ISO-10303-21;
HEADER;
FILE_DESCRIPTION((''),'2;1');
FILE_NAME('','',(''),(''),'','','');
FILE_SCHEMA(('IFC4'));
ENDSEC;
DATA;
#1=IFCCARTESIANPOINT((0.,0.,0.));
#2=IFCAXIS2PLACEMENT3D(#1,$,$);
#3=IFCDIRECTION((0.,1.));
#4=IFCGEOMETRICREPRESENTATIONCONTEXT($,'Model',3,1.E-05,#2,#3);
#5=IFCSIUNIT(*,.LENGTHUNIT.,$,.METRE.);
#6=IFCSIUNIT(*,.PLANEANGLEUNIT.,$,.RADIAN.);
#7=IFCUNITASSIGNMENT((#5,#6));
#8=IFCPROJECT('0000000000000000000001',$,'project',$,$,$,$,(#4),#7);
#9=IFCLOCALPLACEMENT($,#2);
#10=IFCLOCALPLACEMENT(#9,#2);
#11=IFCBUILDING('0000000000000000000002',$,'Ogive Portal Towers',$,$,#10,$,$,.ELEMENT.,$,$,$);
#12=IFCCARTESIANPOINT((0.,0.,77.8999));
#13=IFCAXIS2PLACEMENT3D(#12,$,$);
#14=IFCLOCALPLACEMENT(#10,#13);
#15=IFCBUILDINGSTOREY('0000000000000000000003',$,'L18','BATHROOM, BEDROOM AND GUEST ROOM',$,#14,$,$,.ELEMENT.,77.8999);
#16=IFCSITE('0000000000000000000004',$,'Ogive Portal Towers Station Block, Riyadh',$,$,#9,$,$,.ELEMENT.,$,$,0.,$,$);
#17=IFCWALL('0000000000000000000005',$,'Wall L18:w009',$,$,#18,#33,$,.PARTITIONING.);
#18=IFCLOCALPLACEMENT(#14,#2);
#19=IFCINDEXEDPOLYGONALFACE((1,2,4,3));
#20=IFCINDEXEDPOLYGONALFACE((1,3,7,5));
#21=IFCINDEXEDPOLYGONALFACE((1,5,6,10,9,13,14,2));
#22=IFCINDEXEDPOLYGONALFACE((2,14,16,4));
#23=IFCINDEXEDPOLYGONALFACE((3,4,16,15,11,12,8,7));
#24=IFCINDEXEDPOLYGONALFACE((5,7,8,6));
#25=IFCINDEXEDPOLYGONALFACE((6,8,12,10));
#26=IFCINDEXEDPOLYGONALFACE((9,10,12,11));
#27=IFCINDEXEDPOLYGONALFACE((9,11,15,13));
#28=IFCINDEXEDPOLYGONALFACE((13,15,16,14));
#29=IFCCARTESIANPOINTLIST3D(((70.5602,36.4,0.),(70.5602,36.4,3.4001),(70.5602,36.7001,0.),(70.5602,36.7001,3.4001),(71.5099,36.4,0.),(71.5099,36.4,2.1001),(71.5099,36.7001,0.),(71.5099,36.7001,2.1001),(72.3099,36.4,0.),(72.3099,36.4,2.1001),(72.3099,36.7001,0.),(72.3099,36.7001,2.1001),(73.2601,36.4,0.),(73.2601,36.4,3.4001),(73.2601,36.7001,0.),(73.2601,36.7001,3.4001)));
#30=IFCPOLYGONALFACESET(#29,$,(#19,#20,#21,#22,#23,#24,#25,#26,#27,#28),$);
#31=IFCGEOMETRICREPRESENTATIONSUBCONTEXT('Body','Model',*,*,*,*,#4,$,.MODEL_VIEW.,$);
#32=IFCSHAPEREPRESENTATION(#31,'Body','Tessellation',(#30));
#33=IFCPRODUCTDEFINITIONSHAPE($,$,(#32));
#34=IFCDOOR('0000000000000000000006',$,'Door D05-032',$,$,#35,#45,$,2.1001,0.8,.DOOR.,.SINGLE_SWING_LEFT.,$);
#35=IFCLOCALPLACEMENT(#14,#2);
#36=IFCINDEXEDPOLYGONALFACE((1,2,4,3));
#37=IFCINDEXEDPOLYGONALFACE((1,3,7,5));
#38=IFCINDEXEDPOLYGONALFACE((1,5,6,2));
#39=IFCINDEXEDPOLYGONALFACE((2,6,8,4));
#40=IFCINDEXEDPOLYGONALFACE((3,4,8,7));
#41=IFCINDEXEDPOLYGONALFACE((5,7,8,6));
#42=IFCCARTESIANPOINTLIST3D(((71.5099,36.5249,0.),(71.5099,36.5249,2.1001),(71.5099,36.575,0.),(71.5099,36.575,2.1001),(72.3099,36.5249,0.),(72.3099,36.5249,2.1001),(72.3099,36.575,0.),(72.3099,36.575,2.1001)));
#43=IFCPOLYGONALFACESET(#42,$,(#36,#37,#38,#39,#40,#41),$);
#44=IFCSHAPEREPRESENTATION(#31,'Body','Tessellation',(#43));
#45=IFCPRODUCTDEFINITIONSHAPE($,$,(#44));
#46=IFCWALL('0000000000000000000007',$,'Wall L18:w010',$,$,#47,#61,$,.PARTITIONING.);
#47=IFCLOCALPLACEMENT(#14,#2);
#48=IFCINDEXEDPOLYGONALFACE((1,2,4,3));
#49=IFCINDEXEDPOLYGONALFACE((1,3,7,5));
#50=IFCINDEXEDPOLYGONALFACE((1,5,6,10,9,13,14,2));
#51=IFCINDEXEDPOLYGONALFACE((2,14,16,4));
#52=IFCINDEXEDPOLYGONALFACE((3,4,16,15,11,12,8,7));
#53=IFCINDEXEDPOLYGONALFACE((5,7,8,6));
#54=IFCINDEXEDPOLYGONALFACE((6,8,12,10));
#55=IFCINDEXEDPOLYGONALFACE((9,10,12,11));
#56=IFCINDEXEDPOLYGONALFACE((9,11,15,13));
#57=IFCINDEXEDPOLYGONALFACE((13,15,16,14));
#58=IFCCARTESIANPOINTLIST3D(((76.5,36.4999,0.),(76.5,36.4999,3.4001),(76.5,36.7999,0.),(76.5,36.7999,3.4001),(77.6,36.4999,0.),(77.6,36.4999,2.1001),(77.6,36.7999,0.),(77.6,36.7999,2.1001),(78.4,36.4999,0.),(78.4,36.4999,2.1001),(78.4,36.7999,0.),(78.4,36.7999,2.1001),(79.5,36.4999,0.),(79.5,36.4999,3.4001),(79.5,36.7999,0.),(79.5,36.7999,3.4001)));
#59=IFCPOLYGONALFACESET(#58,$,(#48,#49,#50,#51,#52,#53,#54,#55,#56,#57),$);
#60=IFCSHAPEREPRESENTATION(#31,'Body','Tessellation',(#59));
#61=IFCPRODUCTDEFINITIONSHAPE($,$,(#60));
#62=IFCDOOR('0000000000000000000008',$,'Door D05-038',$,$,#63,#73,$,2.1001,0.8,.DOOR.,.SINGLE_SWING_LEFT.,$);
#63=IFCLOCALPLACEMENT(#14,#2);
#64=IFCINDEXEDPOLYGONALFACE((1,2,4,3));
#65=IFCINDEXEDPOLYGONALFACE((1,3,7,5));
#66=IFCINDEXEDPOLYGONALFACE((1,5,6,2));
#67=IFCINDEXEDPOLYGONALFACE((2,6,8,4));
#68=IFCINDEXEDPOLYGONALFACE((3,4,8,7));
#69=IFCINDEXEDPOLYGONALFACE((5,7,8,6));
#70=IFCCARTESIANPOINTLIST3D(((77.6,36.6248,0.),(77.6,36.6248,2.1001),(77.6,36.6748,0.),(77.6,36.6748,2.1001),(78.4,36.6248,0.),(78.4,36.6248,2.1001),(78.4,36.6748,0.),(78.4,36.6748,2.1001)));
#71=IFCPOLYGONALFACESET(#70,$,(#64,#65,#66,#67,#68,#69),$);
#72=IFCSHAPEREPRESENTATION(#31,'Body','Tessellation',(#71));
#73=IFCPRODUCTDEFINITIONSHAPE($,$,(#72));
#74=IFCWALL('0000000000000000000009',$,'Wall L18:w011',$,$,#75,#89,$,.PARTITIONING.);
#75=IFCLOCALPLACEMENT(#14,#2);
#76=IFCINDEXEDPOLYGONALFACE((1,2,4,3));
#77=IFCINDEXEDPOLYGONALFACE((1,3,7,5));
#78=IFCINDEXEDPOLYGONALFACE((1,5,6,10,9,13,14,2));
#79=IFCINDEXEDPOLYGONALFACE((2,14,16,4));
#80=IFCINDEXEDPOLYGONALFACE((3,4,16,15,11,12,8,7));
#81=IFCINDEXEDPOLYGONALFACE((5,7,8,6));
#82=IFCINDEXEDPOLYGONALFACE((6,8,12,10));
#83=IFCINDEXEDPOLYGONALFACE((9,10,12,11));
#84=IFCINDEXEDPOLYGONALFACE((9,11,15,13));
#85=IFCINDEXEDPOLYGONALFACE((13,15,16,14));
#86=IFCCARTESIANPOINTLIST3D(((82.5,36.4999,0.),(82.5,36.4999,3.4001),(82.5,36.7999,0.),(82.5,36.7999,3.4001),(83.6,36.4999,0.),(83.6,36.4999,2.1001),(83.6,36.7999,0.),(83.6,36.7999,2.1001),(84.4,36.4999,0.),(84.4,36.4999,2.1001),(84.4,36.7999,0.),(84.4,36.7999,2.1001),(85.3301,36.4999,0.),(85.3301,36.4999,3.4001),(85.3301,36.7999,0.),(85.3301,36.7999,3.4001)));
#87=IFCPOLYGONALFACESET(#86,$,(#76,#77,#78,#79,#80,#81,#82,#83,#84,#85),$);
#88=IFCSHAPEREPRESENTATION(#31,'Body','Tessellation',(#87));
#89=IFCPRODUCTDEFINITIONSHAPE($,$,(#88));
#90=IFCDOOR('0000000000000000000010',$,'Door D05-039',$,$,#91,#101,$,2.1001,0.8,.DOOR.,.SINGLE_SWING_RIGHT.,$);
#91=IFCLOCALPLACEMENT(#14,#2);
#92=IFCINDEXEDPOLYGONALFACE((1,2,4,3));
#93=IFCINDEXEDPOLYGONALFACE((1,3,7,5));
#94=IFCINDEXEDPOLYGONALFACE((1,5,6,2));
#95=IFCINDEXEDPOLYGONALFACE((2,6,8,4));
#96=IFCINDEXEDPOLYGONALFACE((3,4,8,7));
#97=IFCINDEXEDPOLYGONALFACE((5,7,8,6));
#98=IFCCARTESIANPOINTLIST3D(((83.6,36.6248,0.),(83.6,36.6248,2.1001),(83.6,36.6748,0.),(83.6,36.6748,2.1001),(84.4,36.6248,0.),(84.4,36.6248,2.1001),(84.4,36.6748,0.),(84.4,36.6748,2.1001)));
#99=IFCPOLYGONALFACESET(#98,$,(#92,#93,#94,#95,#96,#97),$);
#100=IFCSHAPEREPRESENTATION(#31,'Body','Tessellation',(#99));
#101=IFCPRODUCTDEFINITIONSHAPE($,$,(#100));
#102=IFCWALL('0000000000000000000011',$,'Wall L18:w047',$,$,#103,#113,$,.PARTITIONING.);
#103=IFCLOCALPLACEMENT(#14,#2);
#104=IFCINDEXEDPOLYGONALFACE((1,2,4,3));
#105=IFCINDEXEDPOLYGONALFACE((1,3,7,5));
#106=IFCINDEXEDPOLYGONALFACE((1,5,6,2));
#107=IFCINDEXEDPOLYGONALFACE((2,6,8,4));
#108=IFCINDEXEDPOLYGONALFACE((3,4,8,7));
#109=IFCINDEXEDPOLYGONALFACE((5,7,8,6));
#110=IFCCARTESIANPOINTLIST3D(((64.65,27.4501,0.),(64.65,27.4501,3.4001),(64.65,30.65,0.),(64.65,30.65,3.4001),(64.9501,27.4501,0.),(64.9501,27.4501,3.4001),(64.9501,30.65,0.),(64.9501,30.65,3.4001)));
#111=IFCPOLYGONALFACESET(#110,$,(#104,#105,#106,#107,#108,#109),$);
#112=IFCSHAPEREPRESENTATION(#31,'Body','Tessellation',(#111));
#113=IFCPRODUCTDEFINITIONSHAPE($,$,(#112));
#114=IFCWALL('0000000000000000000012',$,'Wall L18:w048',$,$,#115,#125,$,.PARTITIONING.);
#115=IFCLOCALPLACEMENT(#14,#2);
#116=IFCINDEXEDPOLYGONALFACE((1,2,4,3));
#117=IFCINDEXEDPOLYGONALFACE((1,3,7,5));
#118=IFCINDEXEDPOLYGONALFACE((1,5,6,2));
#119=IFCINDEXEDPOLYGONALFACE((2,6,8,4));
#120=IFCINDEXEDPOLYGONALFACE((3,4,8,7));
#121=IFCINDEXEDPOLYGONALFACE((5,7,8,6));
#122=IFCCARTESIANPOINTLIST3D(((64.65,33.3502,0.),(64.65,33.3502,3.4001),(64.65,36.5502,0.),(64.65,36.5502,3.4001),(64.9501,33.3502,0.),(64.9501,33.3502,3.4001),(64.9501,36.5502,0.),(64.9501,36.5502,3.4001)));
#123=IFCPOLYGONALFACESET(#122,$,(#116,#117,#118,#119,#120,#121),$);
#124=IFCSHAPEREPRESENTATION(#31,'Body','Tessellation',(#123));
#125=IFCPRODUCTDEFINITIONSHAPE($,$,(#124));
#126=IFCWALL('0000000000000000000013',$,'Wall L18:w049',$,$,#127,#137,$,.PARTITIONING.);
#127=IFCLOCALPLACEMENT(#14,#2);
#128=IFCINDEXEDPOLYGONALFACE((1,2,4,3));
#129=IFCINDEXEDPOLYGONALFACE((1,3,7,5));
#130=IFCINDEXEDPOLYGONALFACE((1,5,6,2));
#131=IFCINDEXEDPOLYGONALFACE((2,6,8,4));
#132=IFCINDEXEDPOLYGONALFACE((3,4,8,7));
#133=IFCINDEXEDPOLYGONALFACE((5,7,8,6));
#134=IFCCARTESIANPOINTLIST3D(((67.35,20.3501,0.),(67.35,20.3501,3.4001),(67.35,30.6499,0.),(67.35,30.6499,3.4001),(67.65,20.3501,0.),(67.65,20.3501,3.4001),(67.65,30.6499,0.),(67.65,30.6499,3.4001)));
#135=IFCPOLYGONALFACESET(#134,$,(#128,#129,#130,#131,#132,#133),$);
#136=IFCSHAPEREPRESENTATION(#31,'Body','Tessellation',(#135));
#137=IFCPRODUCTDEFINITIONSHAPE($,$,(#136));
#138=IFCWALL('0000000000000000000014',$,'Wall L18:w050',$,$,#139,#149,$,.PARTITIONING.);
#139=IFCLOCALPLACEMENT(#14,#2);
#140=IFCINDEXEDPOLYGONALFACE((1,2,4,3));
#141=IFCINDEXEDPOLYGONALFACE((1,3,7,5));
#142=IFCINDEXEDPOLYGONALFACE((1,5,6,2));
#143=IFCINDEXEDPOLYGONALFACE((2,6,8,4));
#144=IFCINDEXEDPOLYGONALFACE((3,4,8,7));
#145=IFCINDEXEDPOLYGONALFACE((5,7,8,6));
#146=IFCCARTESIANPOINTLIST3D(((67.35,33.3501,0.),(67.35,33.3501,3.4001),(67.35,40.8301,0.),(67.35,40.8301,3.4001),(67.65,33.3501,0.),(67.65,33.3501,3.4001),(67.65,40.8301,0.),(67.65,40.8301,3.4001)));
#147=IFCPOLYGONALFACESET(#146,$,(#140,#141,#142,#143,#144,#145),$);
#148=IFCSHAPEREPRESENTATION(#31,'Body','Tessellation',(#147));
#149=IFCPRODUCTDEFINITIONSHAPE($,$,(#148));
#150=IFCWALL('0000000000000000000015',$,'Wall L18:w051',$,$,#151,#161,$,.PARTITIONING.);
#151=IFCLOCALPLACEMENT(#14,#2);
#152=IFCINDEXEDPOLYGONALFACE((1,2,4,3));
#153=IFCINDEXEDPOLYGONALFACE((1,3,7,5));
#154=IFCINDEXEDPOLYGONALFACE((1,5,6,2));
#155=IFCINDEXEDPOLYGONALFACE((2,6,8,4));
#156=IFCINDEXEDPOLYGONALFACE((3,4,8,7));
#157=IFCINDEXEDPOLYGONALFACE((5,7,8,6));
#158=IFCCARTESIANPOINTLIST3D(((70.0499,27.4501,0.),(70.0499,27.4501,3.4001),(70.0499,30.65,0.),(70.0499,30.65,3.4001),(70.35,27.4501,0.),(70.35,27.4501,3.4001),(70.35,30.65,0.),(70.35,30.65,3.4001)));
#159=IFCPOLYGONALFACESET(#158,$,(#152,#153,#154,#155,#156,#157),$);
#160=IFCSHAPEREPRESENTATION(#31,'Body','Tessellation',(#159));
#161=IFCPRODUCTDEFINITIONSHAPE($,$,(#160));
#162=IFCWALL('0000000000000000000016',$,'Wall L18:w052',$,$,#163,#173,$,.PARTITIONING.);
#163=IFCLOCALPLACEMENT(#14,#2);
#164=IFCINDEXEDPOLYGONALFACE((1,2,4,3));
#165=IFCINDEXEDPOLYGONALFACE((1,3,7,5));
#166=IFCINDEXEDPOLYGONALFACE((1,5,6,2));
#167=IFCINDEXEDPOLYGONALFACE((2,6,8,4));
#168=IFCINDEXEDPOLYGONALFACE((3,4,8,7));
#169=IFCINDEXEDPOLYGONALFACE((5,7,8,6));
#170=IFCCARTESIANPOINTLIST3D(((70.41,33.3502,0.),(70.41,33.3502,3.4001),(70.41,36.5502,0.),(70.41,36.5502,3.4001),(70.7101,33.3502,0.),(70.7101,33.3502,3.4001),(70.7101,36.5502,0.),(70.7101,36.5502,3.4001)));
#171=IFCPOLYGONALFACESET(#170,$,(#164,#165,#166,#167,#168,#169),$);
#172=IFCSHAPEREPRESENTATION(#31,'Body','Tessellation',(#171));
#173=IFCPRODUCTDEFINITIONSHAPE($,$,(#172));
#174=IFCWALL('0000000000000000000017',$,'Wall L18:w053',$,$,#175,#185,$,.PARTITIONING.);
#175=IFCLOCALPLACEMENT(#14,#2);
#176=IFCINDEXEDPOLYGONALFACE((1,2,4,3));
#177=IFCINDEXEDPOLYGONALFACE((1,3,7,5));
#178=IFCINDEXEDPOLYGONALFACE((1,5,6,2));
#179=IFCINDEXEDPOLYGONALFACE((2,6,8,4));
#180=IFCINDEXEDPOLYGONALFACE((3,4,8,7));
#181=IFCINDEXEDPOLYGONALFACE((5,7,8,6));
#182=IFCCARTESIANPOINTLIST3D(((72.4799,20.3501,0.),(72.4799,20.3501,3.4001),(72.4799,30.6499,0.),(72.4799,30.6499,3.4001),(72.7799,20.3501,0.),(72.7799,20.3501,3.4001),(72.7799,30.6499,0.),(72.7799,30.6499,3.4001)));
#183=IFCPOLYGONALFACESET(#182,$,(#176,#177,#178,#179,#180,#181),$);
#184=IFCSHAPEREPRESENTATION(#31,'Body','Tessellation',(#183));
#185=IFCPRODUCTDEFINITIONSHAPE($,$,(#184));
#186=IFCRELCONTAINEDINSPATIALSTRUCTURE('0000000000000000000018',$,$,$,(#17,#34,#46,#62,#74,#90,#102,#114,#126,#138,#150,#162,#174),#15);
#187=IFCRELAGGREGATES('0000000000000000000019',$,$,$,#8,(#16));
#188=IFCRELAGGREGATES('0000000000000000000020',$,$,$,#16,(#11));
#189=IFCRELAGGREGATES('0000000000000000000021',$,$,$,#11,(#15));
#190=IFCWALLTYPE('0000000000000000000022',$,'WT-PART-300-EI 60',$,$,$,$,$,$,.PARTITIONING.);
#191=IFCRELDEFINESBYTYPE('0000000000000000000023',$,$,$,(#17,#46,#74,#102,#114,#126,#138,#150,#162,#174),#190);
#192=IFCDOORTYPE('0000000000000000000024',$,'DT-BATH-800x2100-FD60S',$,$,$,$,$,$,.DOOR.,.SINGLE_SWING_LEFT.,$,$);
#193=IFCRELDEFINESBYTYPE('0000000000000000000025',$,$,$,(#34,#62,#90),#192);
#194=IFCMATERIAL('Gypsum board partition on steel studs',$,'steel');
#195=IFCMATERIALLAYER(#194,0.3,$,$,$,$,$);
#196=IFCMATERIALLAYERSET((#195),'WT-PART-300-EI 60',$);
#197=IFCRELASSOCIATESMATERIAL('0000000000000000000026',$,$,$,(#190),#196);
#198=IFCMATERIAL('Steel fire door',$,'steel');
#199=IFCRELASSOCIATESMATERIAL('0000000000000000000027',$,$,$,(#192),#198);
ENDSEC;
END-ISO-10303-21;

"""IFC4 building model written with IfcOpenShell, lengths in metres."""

from ifc_helpers import new_model, si_unit, direction, frame, frame_2d, origin, place, context, subcontext, project, spatial, rectangle, extrude, material, layer, layer_set, type_object, element, fill, save


model = new_model("IFC4")

# Units and contexts
model_context = context("Model", 3, precision=1e-05, world=origin(), true_north=direction((0.0, 1.0)))
body_context = subcontext(model_context, "Body", "Model", "MODEL_VIEW")
ifc_project = project(units=[si_unit("LENGTHUNIT", "METRE"), si_unit("PLANEANGLEUNIT", "RADIAN")], contexts=[model_context])

# Site, building, storey
site_placement = place(None, origin())
site = spatial("IfcSite", under=ifc_project, at=site_placement, Name="Ogive Portal Towers Station Block, Riyadh", CompositionType="ELEMENT", RefElevation=0.0)
building_placement = place(site_placement, origin())
building = spatial("IfcBuilding", under=site, at=building_placement, Name="Ogive Portal Towers", CompositionType="ELEMENT")
storey_placement = place(building_placement, frame((0.0, 0.0, 77.8999)))
storey = spatial("IfcBuildingStorey", under=building, at=storey_placement, Name="L18", Description="BATHROOM, BEDROOM AND GUEST ROOM", CompositionType="ELEMENT", Elevation=77.8999)

# Shared definitions
ifc_material_1 = material(Name="Gypsum board partition on steel studs", Category="steel")
ifc_layer_1 = layer(ifc_material_1, 0.3)
ifc_layer_set_1 = layer_set([ifc_layer_1], Name="WT-PART-300-EI 60")
wall_type = type_object("IfcWallType", Name="WT-PART-300-EI 60", PredefinedType="PARTITIONING", material=ifc_layer_set_1)
ifc_material_2 = material(Name="Steel fire door", Category="steel")
door_type = type_object("IfcDoorType", Name="DT-BATH-800x2100-FD60S", OperationType="SINGLE_SWING_LEFT", PredefinedType="DOOR", material=ifc_material_2)

# Walls, openings, doors
wall_1_placement = place(storey_placement, frame((70.5601, 36.55, 0.0), z_axis=(0.0, 0.0, 1.0), x_axis=(1.0, 0.0, 0.0)))
wall_1 = element("IfcWall", 1, at=wall_1_placement, inside=storey, type_object=wall_type, Name="Wall L18:w009", PredefinedType="PARTITIONING", context=body_context, shape_type="SweptSolid", body=[
    extrude(rectangle(XDim=2.7, YDim=0.3, at=frame_2d((1.3501, 0.0))), origin(), (0.0, 0.0, 1.0), 3.4001),
])
opening_1_placement = place(wall_1_placement, frame((0.95, 0.0, 0.0)))
opening_1 = element("IfcOpeningElement", 2, at=opening_1_placement, cuts=wall_1, PredefinedType="OPENING", context=body_context, shape_type="SweptSolid", body=[
    extrude(rectangle(XDim=0.8, YDim=2.1001, at=frame_2d((0.3999, 1.05))), frame((0.0, 0.1602, 0.0), z_axis=(0.0, -1.0, 0.0), x_axis=(1.0, 0.0, 0.0)), (0.0, 0.0, 1.0), 0.3201),
])
door_1_placement = place(opening_1_placement, origin())
door_1 = element("IfcDoor", 3, at=door_1_placement, inside=storey, type_object=door_type, Name="Door D05-032", OperationType="SINGLE_SWING_LEFT", OverallHeight=2.1001, OverallWidth=0.8, PredefinedType="DOOR", context=body_context, shape_type="SweptSolid", body=[
    extrude(rectangle(XDim=0.8, YDim=2.1001, at=frame_2d((0.3999, 1.05))), frame((0.0, 0.0249, 0.0), z_axis=(0.0, -1.0, 0.0), x_axis=(1.0, 0.0, 0.0)), (0.0, 0.0, 1.0), 0.05),
])
fill(opening_1, door_1)
wall_2_placement = place(storey_placement, frame((76.5, 36.6499, 0.0), z_axis=(0.0, 0.0, 1.0), x_axis=(1.0, 0.0, 0.0)))
wall_2 = element("IfcWall", 4, at=wall_2_placement, inside=storey, type_object=wall_type, Name="Wall L18:w010", PredefinedType="PARTITIONING", context=body_context, shape_type="SweptSolid", body=[
    extrude(rectangle(XDim=3.0, YDim=0.3, at=frame_2d((1.5, 0.0))), origin(), (0.0, 0.0, 1.0), 3.4001),
])
opening_2_placement = place(wall_2_placement, frame((1.1001, 0.0, 0.0)))
opening_2 = element("IfcOpeningElement", 5, at=opening_2_placement, cuts=wall_2, PredefinedType="OPENING", context=body_context, shape_type="SweptSolid", body=[
    extrude(rectangle(XDim=0.8, YDim=2.1001, at=frame_2d((0.3999, 1.05))), frame((0.0, 0.1602, 0.0), z_axis=(0.0, -1.0, 0.0), x_axis=(1.0, 0.0, 0.0)), (0.0, 0.0, 1.0), 0.3201),
])
door_2_placement = place(opening_2_placement, origin())
door_2 = element("IfcDoor", 6, at=door_2_placement, inside=storey, type_object=door_type, Name="Door D05-038", OperationType="SINGLE_SWING_LEFT", OverallHeight=2.1001, OverallWidth=0.8, PredefinedType="DOOR", context=body_context, shape_type="SweptSolid", body=[
    extrude(rectangle(XDim=0.8, YDim=2.1001, at=frame_2d((0.3999, 1.05))), frame((0.0, 0.0249, 0.0), z_axis=(0.0, -1.0, 0.0), x_axis=(1.0, 0.0, 0.0)), (0.0, 0.0, 1.0), 0.05),
])
fill(opening_2, door_2)
wall_3_placement = place(storey_placement, frame((82.5, 36.6499, 0.0), z_axis=(0.0, 0.0, 1.0), x_axis=(1.0, 0.0, 0.0)))
wall_3 = element("IfcWall", 7, at=wall_3_placement, inside=storey, type_object=wall_type, Name="Wall L18:w011", PredefinedType="PARTITIONING", context=body_context, shape_type="SweptSolid", body=[
    extrude(rectangle(XDim=2.8301, YDim=0.3, at=frame_2d((1.415, 0.0))), origin(), (0.0, 0.0, 1.0), 3.4001),
])
opening_3_placement = place(wall_3_placement, frame((1.1001, 0.0, 0.0)))
opening_3 = element("IfcOpeningElement", 8, at=opening_3_placement, cuts=wall_3, PredefinedType="OPENING", context=body_context, shape_type="SweptSolid", body=[
    extrude(rectangle(XDim=0.8, YDim=2.1001, at=frame_2d((0.3999, 1.05))), frame((0.0, 0.1602, 0.0), z_axis=(0.0, -1.0, 0.0), x_axis=(1.0, 0.0, 0.0)), (0.0, 0.0, 1.0), 0.3201),
])
door_3_placement = place(opening_3_placement, origin())
door_3 = element("IfcDoor", 9, at=door_3_placement, inside=storey, type_object=door_type, Name="Door D05-039", OperationType="SINGLE_SWING_RIGHT", OverallHeight=2.1001, OverallWidth=0.8, PredefinedType="DOOR", context=body_context, shape_type="SweptSolid", body=[
    extrude(rectangle(XDim=0.8, YDim=2.1001, at=frame_2d((0.3999, 1.05))), frame((0.0, 0.0249, 0.0), z_axis=(0.0, -1.0, 0.0), x_axis=(1.0, 0.0, 0.0)), (0.0, 0.0, 1.0), 0.05),
])
fill(opening_3, door_3)

# Walls
for number, where, z_axis, x_axis, name in (
    (10, (64.8, 27.45, 0.0), (0.0, 0.0, 1.0), (0.0, 1.0, 0.0), "Wall L18:w047"),
    (11, (64.8, 33.3501, 0.0), (0.0, 0.0, 1.0), (0.0, 1.0, 0.0), "Wall L18:w048"),
):
    element("IfcWall", number, at=place(storey_placement, frame(where, z_axis=z_axis, x_axis=x_axis)), inside=storey, type_object=wall_type, Name=name, PredefinedType="PARTITIONING", context=body_context, shape_type="SweptSolid", body=[
        extrude(rectangle(XDim=3.2, YDim=0.3, at=frame_2d((1.6001, 0.0))), origin(), (0.0, 0.0, 1.0), 3.4001),
    ])
wall_4_placement = place(storey_placement, frame((67.5, 20.3501, 0.0), z_axis=(0.0, 0.0, 1.0), x_axis=(0.0, 1.0, 0.0)))
element("IfcWall", 12, at=wall_4_placement, inside=storey, type_object=wall_type, Name="Wall L18:w049", PredefinedType="PARTITIONING", context=body_context, shape_type="SweptSolid", body=[
    extrude(rectangle(XDim=10.2998, YDim=0.3, at=frame_2d((5.1499, 0.0))), origin(), (0.0, 0.0, 1.0), 3.4001),
])
wall_5_placement = place(storey_placement, frame((67.5, 33.3501, 0.0), z_axis=(0.0, 0.0, 1.0), x_axis=(0.0, 1.0, 0.0)))
element("IfcWall", 13, at=wall_5_placement, inside=storey, type_object=wall_type, Name="Wall L18:w050", PredefinedType="PARTITIONING", context=body_context, shape_type="SweptSolid", body=[
    extrude(rectangle(XDim=7.48, YDim=0.3, at=frame_2d((3.74, 0.0))), origin(), (0.0, 0.0, 1.0), 3.4001),
])
for number, where, z_axis, x_axis, name in (
    (14, (70.2, 27.45, 0.0), (0.0, 0.0, 1.0), (0.0, 1.0, 0.0), "Wall L18:w051"),
    (15, (70.5601, 33.3501, 0.0), (0.0, 0.0, 1.0), (0.0, 1.0, 0.0), "Wall L18:w052"),
):
    element("IfcWall", number, at=place(storey_placement, frame(where, z_axis=z_axis, x_axis=x_axis)), inside=storey, type_object=wall_type, Name=name, PredefinedType="PARTITIONING", context=body_context, shape_type="SweptSolid", body=[
        extrude(rectangle(XDim=3.2, YDim=0.3, at=frame_2d((1.6001, 0.0))), origin(), (0.0, 0.0, 1.0), 3.4001),
    ])
wall_6_placement = place(storey_placement, frame((72.6299, 20.3501, 0.0), z_axis=(0.0, 0.0, 1.0), x_axis=(0.0, 1.0, 0.0)))
element("IfcWall", 16, at=wall_6_placement, inside=storey, type_object=wall_type, Name="Wall L18:w053", PredefinedType="PARTITIONING", context=body_context, shape_type="SweptSolid", body=[
    extrude(rectangle(XDim=10.2998, YDim=0.3, at=frame_2d((5.1499, 0.0))), origin(), (0.0, 0.0, 1.0), 3.4001),
])

save(model, "model.ifc")
